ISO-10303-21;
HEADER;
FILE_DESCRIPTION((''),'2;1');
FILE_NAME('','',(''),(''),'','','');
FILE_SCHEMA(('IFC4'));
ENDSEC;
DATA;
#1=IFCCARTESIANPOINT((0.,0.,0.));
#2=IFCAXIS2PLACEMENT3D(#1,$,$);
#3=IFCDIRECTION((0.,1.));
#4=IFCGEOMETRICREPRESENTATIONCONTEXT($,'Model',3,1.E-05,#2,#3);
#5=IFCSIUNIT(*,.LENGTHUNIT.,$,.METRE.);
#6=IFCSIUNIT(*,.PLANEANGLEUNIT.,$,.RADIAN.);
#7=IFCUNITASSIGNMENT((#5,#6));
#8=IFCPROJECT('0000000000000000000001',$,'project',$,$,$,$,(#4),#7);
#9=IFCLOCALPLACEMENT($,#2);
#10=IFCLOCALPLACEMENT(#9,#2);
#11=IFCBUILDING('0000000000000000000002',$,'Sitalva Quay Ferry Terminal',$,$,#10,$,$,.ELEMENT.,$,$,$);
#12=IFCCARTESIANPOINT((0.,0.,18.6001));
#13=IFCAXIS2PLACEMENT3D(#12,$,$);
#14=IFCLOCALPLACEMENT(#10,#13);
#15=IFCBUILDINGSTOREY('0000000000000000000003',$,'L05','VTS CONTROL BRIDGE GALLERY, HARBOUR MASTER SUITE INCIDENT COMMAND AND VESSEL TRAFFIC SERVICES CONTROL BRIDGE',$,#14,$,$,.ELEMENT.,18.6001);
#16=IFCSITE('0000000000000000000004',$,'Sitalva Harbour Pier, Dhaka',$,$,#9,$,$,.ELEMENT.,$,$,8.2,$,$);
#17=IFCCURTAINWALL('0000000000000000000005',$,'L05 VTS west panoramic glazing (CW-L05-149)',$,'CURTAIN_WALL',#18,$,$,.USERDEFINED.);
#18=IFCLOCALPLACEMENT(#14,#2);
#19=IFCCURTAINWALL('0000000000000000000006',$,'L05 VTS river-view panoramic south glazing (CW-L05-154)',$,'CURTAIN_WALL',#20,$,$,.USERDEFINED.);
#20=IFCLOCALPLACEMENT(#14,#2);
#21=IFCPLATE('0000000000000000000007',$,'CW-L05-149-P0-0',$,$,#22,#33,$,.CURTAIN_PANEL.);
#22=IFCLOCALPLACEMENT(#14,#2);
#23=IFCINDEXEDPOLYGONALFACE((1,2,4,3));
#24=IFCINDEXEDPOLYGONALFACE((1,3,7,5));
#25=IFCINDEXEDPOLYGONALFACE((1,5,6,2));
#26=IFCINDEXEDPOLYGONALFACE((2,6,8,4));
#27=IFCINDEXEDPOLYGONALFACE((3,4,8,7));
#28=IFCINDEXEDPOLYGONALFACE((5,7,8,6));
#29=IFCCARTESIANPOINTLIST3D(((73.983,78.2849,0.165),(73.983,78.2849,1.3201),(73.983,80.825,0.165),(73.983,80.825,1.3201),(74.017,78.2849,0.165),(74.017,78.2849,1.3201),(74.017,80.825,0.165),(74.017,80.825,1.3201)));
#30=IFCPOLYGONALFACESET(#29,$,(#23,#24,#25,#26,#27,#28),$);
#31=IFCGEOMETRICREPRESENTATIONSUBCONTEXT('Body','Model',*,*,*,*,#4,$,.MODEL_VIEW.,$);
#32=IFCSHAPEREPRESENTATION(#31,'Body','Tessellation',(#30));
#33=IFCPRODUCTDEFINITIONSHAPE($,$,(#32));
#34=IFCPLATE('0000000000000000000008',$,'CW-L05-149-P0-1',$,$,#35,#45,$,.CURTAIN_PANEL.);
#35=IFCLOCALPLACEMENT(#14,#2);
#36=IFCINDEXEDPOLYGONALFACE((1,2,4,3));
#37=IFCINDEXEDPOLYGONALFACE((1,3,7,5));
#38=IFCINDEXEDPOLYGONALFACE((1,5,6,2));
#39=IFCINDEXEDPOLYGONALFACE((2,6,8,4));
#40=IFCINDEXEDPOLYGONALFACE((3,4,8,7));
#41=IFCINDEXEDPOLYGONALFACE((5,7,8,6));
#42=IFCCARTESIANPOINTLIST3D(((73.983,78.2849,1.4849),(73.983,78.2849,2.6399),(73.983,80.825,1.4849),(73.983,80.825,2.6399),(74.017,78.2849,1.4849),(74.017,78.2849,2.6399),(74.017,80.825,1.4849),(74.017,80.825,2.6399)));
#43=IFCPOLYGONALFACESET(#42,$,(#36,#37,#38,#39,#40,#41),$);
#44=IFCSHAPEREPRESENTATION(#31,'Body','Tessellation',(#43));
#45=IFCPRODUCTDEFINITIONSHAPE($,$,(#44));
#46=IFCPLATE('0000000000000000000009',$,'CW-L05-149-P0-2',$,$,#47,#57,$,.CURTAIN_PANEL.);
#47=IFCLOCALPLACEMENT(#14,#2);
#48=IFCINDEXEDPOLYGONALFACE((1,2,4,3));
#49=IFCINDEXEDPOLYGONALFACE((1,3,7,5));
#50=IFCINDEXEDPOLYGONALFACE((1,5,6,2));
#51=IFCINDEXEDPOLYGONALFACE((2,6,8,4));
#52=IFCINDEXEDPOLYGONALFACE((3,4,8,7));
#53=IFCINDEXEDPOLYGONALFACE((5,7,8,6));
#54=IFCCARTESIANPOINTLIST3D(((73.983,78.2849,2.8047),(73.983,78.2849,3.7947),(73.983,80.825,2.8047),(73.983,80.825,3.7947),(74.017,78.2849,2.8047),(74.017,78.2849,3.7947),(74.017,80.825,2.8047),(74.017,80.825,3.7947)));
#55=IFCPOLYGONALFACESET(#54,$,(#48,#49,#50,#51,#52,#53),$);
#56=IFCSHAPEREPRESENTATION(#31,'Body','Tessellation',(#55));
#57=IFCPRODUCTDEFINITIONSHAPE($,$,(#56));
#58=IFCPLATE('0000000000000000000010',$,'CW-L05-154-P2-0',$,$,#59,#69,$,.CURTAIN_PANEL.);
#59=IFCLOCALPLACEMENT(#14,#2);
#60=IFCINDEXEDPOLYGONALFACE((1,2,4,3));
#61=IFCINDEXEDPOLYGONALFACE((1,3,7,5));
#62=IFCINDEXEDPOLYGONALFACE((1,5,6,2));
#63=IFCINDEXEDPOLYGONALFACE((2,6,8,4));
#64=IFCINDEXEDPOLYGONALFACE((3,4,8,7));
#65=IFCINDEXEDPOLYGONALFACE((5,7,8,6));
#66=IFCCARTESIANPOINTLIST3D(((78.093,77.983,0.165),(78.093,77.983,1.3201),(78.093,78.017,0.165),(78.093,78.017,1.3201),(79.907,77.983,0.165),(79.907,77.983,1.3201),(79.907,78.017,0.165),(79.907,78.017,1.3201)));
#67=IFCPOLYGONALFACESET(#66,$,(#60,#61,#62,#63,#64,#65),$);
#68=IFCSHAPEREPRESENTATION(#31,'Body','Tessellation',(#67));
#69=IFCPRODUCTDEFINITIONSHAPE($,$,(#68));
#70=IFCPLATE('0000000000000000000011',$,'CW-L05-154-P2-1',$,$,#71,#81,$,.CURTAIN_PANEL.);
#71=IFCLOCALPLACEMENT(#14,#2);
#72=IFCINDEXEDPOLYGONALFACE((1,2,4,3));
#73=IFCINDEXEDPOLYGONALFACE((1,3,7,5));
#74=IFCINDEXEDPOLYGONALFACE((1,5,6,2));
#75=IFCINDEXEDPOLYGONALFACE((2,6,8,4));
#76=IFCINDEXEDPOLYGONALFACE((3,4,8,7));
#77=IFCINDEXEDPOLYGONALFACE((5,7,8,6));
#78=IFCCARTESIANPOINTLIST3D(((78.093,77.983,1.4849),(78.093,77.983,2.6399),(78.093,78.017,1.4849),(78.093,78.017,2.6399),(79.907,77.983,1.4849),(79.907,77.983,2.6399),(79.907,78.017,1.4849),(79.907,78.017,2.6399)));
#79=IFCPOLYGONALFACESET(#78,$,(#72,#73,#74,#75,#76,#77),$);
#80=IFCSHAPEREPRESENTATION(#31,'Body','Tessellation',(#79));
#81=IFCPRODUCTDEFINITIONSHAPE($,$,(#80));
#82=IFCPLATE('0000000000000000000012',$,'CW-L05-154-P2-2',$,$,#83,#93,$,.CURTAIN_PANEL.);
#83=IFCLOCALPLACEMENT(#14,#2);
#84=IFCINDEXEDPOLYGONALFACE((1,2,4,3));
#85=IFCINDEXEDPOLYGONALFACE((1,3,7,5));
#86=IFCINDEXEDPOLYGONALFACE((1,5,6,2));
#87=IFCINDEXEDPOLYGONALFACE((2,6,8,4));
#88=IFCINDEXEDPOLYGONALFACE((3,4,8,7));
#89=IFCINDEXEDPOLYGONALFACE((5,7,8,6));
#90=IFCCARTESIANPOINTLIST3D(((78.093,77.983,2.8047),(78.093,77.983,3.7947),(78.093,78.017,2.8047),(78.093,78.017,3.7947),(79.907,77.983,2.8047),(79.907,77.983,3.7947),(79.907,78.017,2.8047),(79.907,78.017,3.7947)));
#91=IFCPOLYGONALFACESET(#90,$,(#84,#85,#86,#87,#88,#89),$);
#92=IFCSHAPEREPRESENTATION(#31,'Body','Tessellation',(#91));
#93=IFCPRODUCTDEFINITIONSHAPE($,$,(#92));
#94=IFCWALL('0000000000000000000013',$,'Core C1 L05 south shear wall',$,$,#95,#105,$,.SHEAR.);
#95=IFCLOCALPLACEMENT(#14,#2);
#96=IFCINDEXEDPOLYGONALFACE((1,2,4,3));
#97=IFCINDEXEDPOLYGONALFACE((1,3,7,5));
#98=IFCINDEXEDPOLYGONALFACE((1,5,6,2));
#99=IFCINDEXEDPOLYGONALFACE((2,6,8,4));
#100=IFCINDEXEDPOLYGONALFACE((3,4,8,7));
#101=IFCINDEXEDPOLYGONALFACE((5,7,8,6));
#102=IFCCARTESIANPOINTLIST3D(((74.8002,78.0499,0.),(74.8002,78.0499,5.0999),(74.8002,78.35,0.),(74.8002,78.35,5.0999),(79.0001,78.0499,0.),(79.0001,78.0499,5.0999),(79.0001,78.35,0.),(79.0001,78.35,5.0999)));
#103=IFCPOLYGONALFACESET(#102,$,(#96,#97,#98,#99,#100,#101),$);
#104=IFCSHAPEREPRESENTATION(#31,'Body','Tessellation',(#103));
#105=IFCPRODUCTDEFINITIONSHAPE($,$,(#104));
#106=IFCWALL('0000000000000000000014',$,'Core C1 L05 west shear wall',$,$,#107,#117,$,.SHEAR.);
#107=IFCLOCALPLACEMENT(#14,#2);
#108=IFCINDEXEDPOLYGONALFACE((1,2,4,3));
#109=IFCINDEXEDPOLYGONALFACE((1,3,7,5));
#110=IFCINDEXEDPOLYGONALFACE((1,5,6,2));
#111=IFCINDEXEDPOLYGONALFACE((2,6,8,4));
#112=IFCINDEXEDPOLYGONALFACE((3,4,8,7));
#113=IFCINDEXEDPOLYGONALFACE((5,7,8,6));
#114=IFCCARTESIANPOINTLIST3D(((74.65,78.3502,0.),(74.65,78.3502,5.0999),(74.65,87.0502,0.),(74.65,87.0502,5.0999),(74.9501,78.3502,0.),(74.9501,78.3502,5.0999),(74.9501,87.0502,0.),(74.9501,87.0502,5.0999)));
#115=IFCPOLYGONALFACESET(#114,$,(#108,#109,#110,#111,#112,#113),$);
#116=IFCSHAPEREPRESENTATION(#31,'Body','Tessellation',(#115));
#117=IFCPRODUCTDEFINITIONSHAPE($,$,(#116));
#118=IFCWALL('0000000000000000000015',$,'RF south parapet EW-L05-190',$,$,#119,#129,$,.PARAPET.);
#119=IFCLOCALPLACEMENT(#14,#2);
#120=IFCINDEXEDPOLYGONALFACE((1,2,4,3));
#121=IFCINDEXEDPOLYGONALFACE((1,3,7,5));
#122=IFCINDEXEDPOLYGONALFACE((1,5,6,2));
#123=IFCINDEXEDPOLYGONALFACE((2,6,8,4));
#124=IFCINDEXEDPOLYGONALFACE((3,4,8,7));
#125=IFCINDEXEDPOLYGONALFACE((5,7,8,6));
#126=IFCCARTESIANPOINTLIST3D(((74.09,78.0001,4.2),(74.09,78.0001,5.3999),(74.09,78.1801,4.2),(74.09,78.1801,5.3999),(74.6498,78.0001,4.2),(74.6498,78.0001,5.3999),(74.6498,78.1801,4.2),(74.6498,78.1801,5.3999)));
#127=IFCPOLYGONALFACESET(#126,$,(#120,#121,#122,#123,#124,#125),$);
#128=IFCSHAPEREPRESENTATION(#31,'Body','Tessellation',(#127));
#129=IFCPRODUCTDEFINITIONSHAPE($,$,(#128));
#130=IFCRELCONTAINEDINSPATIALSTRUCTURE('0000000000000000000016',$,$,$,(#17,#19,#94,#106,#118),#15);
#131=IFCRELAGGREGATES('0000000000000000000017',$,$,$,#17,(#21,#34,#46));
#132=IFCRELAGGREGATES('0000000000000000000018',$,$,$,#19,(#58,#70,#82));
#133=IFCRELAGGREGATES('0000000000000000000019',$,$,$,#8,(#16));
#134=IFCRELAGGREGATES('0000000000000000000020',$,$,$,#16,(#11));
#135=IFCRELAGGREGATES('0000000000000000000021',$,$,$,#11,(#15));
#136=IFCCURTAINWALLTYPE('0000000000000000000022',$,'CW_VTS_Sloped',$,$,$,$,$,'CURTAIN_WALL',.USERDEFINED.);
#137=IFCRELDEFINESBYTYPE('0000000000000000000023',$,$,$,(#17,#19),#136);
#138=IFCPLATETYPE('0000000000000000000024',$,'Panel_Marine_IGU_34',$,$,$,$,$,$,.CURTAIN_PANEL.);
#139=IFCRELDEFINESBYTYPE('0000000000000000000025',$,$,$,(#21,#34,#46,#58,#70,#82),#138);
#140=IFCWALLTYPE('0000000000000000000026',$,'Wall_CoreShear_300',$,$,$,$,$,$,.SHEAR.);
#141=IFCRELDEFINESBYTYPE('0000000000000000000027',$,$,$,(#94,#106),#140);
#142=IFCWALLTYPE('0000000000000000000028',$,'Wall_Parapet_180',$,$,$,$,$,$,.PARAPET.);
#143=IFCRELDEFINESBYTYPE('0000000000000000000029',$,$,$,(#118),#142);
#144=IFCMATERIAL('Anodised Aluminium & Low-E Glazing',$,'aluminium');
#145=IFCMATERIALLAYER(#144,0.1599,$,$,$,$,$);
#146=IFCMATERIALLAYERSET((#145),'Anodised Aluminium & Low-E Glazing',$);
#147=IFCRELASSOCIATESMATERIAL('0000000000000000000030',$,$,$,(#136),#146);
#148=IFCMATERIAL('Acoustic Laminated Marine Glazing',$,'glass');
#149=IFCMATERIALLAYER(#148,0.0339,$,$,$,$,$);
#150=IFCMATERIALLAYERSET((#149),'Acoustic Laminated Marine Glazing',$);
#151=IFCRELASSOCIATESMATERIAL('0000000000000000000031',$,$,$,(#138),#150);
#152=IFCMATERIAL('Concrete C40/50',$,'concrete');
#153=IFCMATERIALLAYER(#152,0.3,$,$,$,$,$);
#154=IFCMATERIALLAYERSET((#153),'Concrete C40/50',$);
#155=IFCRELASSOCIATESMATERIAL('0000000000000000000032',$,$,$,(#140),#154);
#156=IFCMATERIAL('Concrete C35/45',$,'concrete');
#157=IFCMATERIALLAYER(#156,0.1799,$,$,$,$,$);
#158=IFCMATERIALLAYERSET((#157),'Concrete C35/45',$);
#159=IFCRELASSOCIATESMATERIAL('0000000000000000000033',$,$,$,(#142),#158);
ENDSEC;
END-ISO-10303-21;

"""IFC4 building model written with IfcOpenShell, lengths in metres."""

from ifc_helpers import new_model, si_unit, direction, frame, frame_2d, origin, origin_2d, place, context, subcontext, project, spatial, rectangle, extrude, material, layer, layer_set, type_object, element, aggregate, save


model = new_model("IFC4")

# Units and contexts
model_context = context("Model", 3, precision=1e-05, world=origin(), true_north=direction((0.0, 1.0)))
body_context = subcontext(model_context, "Body", "Model", "MODEL_VIEW")
ifc_project = project(units=[si_unit("LENGTHUNIT", "METRE"), si_unit("PLANEANGLEUNIT", "RADIAN")], contexts=[model_context])

# Site, building, storey
site_placement = place(None, origin())
site = spatial("IfcSite", under=ifc_project, at=site_placement, Name="Sitalva Harbour Pier, Dhaka", CompositionType="ELEMENT", RefElevation=8.2)
building_placement = place(site_placement, origin())
building = spatial("IfcBuilding", under=site, at=building_placement, Name="Sitalva Quay Ferry Terminal", CompositionType="ELEMENT")
storey_placement = place(building_placement, frame((0.0, 0.0, 18.6001)))
storey = spatial("IfcBuildingStorey", under=building, at=storey_placement, Name="L05", Description="VTS CONTROL BRIDGE GALLERY, HARBOUR MASTER SUITE INCIDENT COMMAND AND VESSEL TRAFFIC SERVICES CONTROL BRIDGE", CompositionType="ELEMENT", Elevation=18.6001)

# Curtain walls
ifc_material_1 = material(Name="Anodised Aluminium & Low-E Glazing", Category="aluminium")
ifc_layer_1 = layer(ifc_material_1, 0.1599)
ifc_layer_set_1 = layer_set([ifc_layer_1], Name="Anodised Aluminium & Low-E Glazing")
curtain_wall_type = type_object("IfcCurtainWallType", Name="CW_VTS_Sloped", ElementType="CURTAIN_WALL", PredefinedType="USERDEFINED", material=ifc_layer_set_1)
curtain_wall_1_placement = place(storey_placement, origin())
curtain_wall_1 = element("IfcCurtainWall", 1, at=curtain_wall_1_placement, inside=storey, type_object=curtain_wall_type, Name="L05 VTS west panoramic glazing (CW-L05-149)", ObjectType="CURTAIN_WALL", PredefinedType="USERDEFINED")
curtain_wall_2_placement = place(storey_placement, origin())
curtain_wall_2 = element("IfcCurtainWall", 2, at=curtain_wall_2_placement, inside=storey, type_object=curtain_wall_type, Name="L05 VTS river-view panoramic south glazing (CW-L05-154)", ObjectType="CURTAIN_WALL", PredefinedType="USERDEFINED")

# Plates
ifc_material_2 = material(Name="Acoustic Laminated Marine Glazing", Category="glass")
ifc_layer_2 = layer(ifc_material_2, 0.0339)
ifc_layer_set_2 = layer_set([ifc_layer_2], Name="Acoustic Laminated Marine Glazing")
plate_type = type_object("IfcPlateType", Name="Panel_Marine_IGU_34", PredefinedType="CURTAIN_PANEL", material=ifc_layer_set_2)
plate_1_placement = place(storey_placement, frame((74.0, 79.5549, 0.165), z_axis=(0.0, 0.0, 1.0), x_axis=(0.0, 1.0, 0.0)))
plate_1 = element("IfcPlate", 3, at=plate_1_placement, type_object=plate_type, Name="CW-L05-149-P0-0", PredefinedType="CURTAIN_PANEL", context=body_context, shape_type="SweptSolid", body=[
    extrude(rectangle(XDim=2.54, YDim=0.0339, at=origin_2d()), origin(), (0.0, 0.0, 1.0), 1.155),
])
plate_2_placement = place(storey_placement, frame((74.0, 79.5549, 1.4849), z_axis=(0.0, 0.0, 1.0), x_axis=(0.0, 1.0, 0.0)))
plate_2 = element("IfcPlate", 4, at=plate_2_placement, type_object=plate_type, Name="CW-L05-149-P0-1", PredefinedType="CURTAIN_PANEL", context=body_context, shape_type="SweptSolid", body=[
    extrude(rectangle(XDim=2.54, YDim=0.0339, at=origin_2d()), origin(), (0.0, 0.0, 1.0), 1.155),
])
plate_3_placement = place(storey_placement, frame((74.0, 79.5549, 2.8047), z_axis=(0.0, 0.0, 1.0), x_axis=(0.0, 1.0, 0.0)))
plate_3 = element("IfcPlate", 5, at=plate_3_placement, type_object=plate_type, Name="CW-L05-149-P0-2", PredefinedType="CURTAIN_PANEL", context=body_context, shape_type="SweptSolid", body=[
    extrude(rectangle(XDim=2.54, YDim=0.0339, at=origin_2d()), origin(), (0.0, 0.0, 1.0), 0.99),
])
aggregate(curtain_wall_1, [plate_1, plate_2, plate_3])
plate_4_placement = place(storey_placement, frame((79.0, 78.0, 0.165), z_axis=(0.0, 0.0, 1.0), x_axis=(1.0, 0.0, 0.0)))
plate_4 = element("IfcPlate", 6, at=plate_4_placement, type_object=plate_type, Name="CW-L05-154-P2-0", PredefinedType="CURTAIN_PANEL", context=body_context, shape_type="SweptSolid", body=[
    extrude(rectangle(XDim=1.814, YDim=0.0339, at=origin_2d()), origin(), (0.0, 0.0, 1.0), 1.155),
])
plate_5_placement = place(storey_placement, frame((79.0, 78.0, 1.4849), z_axis=(0.0, 0.0, 1.0), x_axis=(1.0, 0.0, 0.0)))
plate_5 = element("IfcPlate", 7, at=plate_5_placement, type_object=plate_type, Name="CW-L05-154-P2-1", PredefinedType="CURTAIN_PANEL", context=body_context, shape_type="SweptSolid", body=[
    extrude(rectangle(XDim=1.814, YDim=0.0339, at=origin_2d()), origin(), (0.0, 0.0, 1.0), 1.155),
])
plate_6_placement = place(storey_placement, frame((79.0, 78.0, 2.8047), z_axis=(0.0, 0.0, 1.0), x_axis=(1.0, 0.0, 0.0)))
plate_6 = element("IfcPlate", 8, at=plate_6_placement, type_object=plate_type, Name="CW-L05-154-P2-2", PredefinedType="CURTAIN_PANEL", context=body_context, shape_type="SweptSolid", body=[
    extrude(rectangle(XDim=1.814, YDim=0.0339, at=origin_2d()), origin(), (0.0, 0.0, 1.0), 0.99),
])
aggregate(curtain_wall_2, [plate_4, plate_5, plate_6])

# Walls
ifc_material_3 = material(Name="Concrete C40/50", Category="concrete")
ifc_layer_3 = layer(ifc_material_3, 0.3)
ifc_layer_set_3 = layer_set([ifc_layer_3], Name="Concrete C40/50")
wall_type_1 = type_object("IfcWallType", Name="Wall_CoreShear_300", PredefinedType="SHEAR", material=ifc_layer_set_3)
wall_1_placement = place(storey_placement, frame((74.8, 78.2, 0.0), z_axis=(0.0, 0.0, 1.0), x_axis=(1.0, 0.0, 0.0)))
element("IfcWall", 9, at=wall_1_placement, inside=storey, type_object=wall_type_1, Name="Core C1 L05 south shear wall", PredefinedType="SHEAR", context=body_context, shape_type="SweptSolid", body=[
    extrude(rectangle(XDim=4.2, YDim=0.3, at=frame_2d((2.1001, 0.0))), origin(), (0.0, 0.0, 1.0), 5.0999),
])
wall_2_placement = place(storey_placement, frame((74.8, 78.3501, 0.0), z_axis=(0.0, 0.0, 1.0), x_axis=(0.0, 1.0, 0.0)))
element("IfcWall", 10, at=wall_2_placement, inside=storey, type_object=wall_type_1, Name="Core C1 L05 west shear wall", PredefinedType="SHEAR", context=body_context, shape_type="SweptSolid", body=[
    extrude(rectangle(XDim=8.7, YDim=0.3, at=frame_2d((4.3501, 0.0))), origin(), (0.0, 0.0, 1.0), 5.0999),
])
ifc_material_4 = material(Name="Concrete C35/45", Category="concrete")
ifc_layer_4 = layer(ifc_material_4, 0.1799)
ifc_layer_set_4 = layer_set([ifc_layer_4], Name="Concrete C35/45")
wall_type_2 = type_object("IfcWallType", Name="Wall_Parapet_180", PredefinedType="PARAPET", material=ifc_layer_set_4)
wall_3_placement = place(storey_placement, frame((74.0901, 78.0901, 4.2), z_axis=(0.0, 0.0, 1.0), x_axis=(1.0, 0.0, 0.0)))
element("IfcWall", 11, at=wall_3_placement, inside=storey, type_object=wall_type_2, Name="RF south parapet EW-L05-190", PredefinedType="PARAPET", context=body_context, shape_type="SweptSolid", body=[
    extrude(rectangle(XDim=0.5598, YDim=0.1799, at=frame_2d((0.2798, 0.0))), origin(), (0.0, 0.0, 1.0), 1.2),
])

save(model, "model.ifc")
